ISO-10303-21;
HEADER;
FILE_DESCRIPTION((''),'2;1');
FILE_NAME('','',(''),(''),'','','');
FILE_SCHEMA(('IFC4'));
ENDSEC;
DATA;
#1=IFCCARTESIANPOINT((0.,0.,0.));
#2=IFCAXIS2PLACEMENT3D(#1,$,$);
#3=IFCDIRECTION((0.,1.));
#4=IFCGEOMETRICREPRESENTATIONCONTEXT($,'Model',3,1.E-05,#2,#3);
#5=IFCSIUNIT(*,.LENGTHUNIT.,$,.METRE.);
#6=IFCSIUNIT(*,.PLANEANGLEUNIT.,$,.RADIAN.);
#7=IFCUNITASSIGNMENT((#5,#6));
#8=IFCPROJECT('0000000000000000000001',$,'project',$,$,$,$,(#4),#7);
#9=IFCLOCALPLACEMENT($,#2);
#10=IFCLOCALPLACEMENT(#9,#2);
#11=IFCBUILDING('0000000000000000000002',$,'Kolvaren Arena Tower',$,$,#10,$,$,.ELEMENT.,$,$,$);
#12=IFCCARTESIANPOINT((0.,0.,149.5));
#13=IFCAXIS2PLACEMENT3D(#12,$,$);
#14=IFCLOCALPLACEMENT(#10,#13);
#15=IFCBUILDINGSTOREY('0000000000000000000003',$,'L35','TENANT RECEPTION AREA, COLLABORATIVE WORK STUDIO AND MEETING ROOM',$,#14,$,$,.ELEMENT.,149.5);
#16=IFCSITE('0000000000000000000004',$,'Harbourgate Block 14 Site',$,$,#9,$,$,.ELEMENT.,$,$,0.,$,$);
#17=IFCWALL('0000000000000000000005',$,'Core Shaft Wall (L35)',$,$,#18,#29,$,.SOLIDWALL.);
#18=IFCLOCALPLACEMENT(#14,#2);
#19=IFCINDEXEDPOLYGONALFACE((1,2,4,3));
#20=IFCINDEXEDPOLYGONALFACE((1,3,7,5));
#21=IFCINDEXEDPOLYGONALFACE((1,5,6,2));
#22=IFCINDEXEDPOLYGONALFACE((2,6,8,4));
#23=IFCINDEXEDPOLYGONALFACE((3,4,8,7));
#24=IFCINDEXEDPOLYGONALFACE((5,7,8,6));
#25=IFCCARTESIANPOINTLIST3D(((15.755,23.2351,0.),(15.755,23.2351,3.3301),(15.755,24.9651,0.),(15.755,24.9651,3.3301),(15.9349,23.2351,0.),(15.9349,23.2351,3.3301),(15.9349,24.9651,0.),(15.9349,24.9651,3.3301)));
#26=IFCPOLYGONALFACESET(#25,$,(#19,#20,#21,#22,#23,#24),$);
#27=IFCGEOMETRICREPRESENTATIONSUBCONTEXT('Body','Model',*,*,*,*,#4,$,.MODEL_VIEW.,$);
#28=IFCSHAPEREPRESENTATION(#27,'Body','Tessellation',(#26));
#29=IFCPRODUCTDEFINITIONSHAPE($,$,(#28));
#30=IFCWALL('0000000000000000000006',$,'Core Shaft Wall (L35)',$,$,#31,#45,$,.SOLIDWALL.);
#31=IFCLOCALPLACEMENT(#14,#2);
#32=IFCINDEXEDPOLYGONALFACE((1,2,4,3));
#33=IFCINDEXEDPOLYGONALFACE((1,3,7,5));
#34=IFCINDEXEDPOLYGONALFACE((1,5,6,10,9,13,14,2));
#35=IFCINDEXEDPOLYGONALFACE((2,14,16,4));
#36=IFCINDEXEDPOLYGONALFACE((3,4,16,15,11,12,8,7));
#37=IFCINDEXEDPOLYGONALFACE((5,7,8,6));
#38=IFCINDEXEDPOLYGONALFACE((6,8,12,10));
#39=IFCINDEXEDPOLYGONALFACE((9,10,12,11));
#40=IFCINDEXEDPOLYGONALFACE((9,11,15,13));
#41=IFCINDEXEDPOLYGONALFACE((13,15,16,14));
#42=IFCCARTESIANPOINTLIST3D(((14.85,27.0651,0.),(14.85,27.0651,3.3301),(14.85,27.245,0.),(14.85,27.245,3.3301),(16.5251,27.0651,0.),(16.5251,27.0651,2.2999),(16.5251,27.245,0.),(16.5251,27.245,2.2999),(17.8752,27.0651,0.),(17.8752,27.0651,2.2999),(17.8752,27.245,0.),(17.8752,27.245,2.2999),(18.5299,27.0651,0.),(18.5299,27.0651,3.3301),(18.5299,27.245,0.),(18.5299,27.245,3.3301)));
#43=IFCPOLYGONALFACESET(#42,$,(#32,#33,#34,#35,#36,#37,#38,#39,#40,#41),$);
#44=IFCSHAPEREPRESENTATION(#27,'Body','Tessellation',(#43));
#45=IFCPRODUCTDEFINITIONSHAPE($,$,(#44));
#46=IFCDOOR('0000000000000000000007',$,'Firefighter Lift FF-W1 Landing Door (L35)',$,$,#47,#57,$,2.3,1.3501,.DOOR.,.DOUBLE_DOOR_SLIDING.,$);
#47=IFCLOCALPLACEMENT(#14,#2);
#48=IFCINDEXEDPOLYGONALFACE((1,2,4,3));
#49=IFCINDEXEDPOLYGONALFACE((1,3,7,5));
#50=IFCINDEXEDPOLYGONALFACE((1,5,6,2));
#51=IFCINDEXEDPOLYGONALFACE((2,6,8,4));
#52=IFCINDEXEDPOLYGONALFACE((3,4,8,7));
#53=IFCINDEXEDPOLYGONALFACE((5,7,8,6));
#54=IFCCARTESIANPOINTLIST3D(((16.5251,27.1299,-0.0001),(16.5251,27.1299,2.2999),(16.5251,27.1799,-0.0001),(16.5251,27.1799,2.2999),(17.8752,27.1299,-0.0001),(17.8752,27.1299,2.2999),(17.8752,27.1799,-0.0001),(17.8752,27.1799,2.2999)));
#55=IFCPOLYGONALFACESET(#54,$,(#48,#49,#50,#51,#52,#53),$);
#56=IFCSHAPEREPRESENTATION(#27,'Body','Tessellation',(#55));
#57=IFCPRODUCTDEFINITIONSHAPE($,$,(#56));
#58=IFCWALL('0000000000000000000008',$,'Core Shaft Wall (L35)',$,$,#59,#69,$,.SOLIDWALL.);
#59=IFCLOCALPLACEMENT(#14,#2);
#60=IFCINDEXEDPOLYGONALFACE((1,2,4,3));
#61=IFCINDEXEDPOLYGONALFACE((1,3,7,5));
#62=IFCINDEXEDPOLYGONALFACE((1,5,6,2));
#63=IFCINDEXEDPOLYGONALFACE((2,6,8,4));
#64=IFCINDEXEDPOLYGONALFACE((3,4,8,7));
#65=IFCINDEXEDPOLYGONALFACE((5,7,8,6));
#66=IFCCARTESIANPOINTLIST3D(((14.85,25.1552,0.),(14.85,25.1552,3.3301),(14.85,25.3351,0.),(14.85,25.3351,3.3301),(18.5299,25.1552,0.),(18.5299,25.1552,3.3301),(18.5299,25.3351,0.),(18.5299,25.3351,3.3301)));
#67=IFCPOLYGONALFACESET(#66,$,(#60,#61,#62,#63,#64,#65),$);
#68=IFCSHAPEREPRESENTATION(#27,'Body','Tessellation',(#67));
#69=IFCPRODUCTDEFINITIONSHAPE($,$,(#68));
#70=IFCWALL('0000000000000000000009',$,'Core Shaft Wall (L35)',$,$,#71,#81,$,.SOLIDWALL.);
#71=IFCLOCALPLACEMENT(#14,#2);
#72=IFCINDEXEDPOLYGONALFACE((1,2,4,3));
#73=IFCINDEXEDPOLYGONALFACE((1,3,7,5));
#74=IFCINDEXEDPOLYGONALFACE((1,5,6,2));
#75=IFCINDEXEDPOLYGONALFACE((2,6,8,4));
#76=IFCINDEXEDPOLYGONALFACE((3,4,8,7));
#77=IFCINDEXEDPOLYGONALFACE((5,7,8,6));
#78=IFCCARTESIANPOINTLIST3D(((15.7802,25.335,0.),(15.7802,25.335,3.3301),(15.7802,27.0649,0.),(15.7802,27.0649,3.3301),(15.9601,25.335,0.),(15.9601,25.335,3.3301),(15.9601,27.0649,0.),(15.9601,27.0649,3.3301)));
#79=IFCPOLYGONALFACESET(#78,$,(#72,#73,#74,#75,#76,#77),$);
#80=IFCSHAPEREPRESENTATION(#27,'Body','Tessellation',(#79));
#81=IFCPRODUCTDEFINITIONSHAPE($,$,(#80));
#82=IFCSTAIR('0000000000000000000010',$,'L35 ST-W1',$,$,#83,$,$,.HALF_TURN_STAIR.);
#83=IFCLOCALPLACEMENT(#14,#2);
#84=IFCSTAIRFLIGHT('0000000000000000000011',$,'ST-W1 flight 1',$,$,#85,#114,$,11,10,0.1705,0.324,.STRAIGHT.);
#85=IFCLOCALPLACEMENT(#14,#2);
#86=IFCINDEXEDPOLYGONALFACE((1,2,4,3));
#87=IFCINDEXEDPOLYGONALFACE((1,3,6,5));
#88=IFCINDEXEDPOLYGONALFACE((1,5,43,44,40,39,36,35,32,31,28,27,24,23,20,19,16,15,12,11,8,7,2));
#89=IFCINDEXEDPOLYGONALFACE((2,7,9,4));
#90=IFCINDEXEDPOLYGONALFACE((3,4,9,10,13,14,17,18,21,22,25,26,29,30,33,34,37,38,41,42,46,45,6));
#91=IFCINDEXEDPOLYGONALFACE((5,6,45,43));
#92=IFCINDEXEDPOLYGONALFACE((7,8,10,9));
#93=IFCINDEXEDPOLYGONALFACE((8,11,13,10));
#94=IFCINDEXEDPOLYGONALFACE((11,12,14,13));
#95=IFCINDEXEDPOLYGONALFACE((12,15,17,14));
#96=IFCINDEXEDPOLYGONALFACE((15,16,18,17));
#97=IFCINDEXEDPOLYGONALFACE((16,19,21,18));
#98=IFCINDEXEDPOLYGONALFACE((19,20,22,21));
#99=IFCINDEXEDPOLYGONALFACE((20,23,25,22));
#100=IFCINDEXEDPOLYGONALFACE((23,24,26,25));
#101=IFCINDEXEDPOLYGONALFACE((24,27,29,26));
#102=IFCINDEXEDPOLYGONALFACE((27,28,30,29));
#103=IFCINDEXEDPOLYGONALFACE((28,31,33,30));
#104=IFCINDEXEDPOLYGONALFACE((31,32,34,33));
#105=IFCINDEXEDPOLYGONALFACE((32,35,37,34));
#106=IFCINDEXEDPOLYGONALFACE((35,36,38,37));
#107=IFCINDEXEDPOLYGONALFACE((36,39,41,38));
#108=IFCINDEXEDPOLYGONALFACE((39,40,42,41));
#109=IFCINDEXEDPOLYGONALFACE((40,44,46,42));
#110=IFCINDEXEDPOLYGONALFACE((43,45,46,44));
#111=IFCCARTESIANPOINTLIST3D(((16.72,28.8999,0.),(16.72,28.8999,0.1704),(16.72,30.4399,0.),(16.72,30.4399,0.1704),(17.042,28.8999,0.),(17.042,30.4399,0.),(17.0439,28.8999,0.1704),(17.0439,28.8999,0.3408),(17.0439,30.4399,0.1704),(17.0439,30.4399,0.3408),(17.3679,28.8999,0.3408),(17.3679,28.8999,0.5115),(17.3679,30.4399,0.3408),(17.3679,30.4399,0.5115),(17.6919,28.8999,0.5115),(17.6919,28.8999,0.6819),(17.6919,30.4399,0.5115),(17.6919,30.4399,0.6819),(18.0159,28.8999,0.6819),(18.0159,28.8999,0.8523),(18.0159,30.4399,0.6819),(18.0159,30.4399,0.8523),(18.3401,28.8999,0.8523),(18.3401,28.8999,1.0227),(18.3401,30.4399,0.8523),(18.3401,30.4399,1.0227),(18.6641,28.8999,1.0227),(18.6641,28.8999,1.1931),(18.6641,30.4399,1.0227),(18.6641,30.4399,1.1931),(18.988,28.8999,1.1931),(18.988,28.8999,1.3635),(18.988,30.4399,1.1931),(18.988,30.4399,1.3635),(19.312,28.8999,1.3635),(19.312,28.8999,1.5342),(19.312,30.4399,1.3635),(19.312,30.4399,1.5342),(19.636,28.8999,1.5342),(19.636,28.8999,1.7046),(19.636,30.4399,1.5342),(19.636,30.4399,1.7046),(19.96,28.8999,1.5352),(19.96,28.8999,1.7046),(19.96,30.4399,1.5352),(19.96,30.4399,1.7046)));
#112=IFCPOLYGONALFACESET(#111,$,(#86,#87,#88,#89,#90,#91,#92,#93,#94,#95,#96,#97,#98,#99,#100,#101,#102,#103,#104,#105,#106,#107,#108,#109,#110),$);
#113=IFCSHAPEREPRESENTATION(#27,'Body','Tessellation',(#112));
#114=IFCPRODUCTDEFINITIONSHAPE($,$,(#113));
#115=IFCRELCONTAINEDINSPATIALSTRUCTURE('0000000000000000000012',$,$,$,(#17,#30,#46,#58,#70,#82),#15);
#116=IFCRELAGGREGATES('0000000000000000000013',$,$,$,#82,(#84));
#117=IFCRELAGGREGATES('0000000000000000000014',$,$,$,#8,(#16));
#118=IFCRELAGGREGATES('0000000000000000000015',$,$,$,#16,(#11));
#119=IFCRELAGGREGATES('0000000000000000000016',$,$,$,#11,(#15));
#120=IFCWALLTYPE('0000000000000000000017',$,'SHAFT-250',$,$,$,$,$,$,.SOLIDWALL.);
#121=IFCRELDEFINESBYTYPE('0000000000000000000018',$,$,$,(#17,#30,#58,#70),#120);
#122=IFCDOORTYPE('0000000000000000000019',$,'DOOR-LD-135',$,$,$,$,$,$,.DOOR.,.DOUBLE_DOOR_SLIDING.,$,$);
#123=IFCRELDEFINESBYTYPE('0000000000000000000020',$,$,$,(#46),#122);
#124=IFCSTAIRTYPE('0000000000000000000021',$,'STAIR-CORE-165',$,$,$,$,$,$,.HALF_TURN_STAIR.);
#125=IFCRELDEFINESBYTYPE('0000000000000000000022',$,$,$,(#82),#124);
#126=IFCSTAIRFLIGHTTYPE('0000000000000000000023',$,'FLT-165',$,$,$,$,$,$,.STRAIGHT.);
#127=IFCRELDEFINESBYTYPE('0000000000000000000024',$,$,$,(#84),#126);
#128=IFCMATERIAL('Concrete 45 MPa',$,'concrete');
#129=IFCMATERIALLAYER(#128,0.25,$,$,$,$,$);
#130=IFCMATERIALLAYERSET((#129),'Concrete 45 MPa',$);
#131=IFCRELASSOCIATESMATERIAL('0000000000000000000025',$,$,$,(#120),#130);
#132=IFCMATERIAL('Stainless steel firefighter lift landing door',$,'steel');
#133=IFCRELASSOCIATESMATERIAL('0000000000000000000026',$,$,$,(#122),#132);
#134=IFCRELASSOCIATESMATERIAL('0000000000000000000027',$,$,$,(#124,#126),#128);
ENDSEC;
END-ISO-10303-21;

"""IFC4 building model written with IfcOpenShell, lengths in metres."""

from ifc_helpers import new_model, si_unit, direction, frame, frame_2d, origin, place, context, subcontext, project, spatial, polyline, rectangle, outline, extrude, material, layer, layer_set, type_object, element, fill, aggregate, save


model = new_model("IFC4")

# Units and contexts
model_context = context("Model", 3, precision=1e-05, world=origin(), true_north=direction((0.0, 1.0)))
body_context = subcontext(model_context, "Body", "Model", "MODEL_VIEW")
ifc_project = project(units=[si_unit("LENGTHUNIT", "METRE"), si_unit("PLANEANGLEUNIT", "RADIAN")], contexts=[model_context])

# Site, building, storey
site_placement = place(None, origin())
site = spatial("IfcSite", under=ifc_project, at=site_placement, Name="Harbourgate Block 14 Site", CompositionType="ELEMENT", RefElevation=0.0)
building_placement = place(site_placement, origin())
building = spatial("IfcBuilding", under=site, at=building_placement, Name="Kolvaren Arena Tower", CompositionType="ELEMENT")
storey_placement = place(building_placement, frame((0.0, 0.0, 149.5)))
storey = spatial("IfcBuildingStorey", under=building, at=storey_placement, Name="L35", Description="TENANT RECEPTION AREA, COLLABORATIVE WORK STUDIO AND MEETING ROOM", CompositionType="ELEMENT", Elevation=149.5)

# Shared definitions
ifc_material_1 = material(Name="Concrete 45 MPa", Category="concrete")
ifc_layer = layer(ifc_material_1, 0.25)
ifc_layer_set = layer_set([ifc_layer], Name="Concrete 45 MPa")
wall_type = type_object("IfcWallType", Name="SHAFT-250", PredefinedType="SOLIDWALL", material=ifc_layer_set)

# Wall
wall_1_placement = place(storey_placement, frame((15.845, 23.2351, 0.0), z_axis=(0.0, 0.0, 1.0), x_axis=(0.0, 1.0, 0.0)))
element("IfcWall", 1, at=wall_1_placement, inside=storey, type_object=wall_type, Name="Core Shaft Wall (L35)", PredefinedType="SOLIDWALL", context=body_context, shape_type="SweptSolid", body=[
    extrude(rectangle(XDim=1.73, YDim=0.1799, at=frame_2d((0.865, 0.0))), origin(), (0.0, 0.0, 1.0), 3.3301),
])

# Wall, opening, door
wall_2_placement = place(storey_placement, frame((14.8501, 27.155, 0.0), z_axis=(0.0, 0.0, 1.0), x_axis=(1.0, 0.0, 0.0)))
wall_2 = element("IfcWall", 2, at=wall_2_placement, inside=storey, type_object=wall_type, Name="Core Shaft Wall (L35)", PredefinedType="SOLIDWALL", context=body_context, shape_type="SweptSolid", body=[
    extrude(rectangle(XDim=3.6799, YDim=0.1799, at=frame_2d((1.8398, 0.0))), origin(), (0.0, 0.0, 1.0), 3.3301),
])
opening_1_placement = place(wall_2_placement, frame((1.675, 0.0, 0.0)))
opening_1 = element("IfcOpeningElement", 3, at=opening_1_placement, cuts=wall_2, PredefinedType="OPENING", context=body_context, shape_type="SweptSolid", body=[
    extrude(rectangle(XDim=1.3501, YDim=2.3, at=frame_2d((0.675, 1.1499))), frame((0.0, 0.0999, 0.0), z_axis=(0.0, -1.0, 0.0), x_axis=(1.0, 0.0, 0.0)), (0.0, 0.0, 1.0), 0.2),
])
ifc_material_2 = material(Name="Stainless steel firefighter lift landing door", Category="steel")
door_type_1 = type_object("IfcDoorType", Name="DOOR-LD-135", OperationType="DOUBLE_DOOR_SLIDING", PredefinedType="DOOR", material=ifc_material_2)
door_1_placement = place(opening_1_placement, origin())
door_1 = element("IfcDoor", 4, at=door_1_placement, inside=storey, type_object=door_type_1, Name="Firefighter Lift FF-W1 Landing Door (L35)", OperationType="DOUBLE_DOOR_SLIDING", OverallHeight=2.3, OverallWidth=1.3501, PredefinedType="DOOR", context=body_context, shape_type="SweptSolid", body=[
    extrude(rectangle(XDim=1.3501, YDim=2.3, at=frame_2d((0.675, 1.1499))), frame((0.0, 0.0249, 0.0), z_axis=(0.0, -1.0, 0.0), x_axis=(1.0, 0.0, 0.0)), (0.0, 0.0, 1.0), 0.05),
])
fill(opening_1, door_1)

# Walls
wall_3_placement = place(storey_placement, frame((14.8501, 25.2451, 0.0), z_axis=(0.0, 0.0, 1.0), x_axis=(1.0, 0.0, 0.0)))
element("IfcWall", 5, at=wall_3_placement, inside=storey, type_object=wall_type, Name="Core Shaft Wall (L35)", PredefinedType="SOLIDWALL", context=body_context, shape_type="SweptSolid", body=[
    extrude(rectangle(XDim=3.6799, YDim=0.1799, at=frame_2d((1.8398, 0.0))), origin(), (0.0, 0.0, 1.0), 3.3301),
])
wall_4_placement = place(storey_placement, frame((15.8701, 25.335, 0.0), z_axis=(0.0, 0.0, 1.0), x_axis=(0.0, 1.0, 0.0)))
element("IfcWall", 6, at=wall_4_placement, inside=storey, type_object=wall_type, Name="Core Shaft Wall (L35)", PredefinedType="SOLIDWALL", context=body_context, shape_type="SweptSolid", body=[
    extrude(rectangle(XDim=1.73, YDim=0.1799, at=frame_2d((0.865, 0.0))), origin(), (0.0, 0.0, 1.0), 3.3301),
])

# Stair, stair flight
stair_type = type_object("IfcStairType", Name="STAIR-CORE-165", PredefinedType="HALF_TURN_STAIR", material=ifc_material_1)
stair_placement = place(storey_placement, origin())
stair = element("IfcStair", 7, at=stair_placement, inside=storey, type_object=stair_type, Name="L35 ST-W1", PredefinedType="HALF_TURN_STAIR")
stair_flight_type = type_object("IfcStairFlightType", Name="FLT-165", PredefinedType="STRAIGHT", material=ifc_material_1)
stair_flight_placement = place(storey_placement, frame((16.72, 29.6699, 0.0), z_axis=(0.0, 0.0, 1.0), x_axis=(1.0, 0.0, 0.0)))
stair_flight = element("IfcStairFlight", 8, at=stair_flight_placement, type_object=stair_flight_type, Name="ST-W1 flight 1", NumberOfRisers=11, NumberOfTreads=10, PredefinedType="STRAIGHT", RiserHeight=0.1705, TreadLength=0.324, context=body_context, shape_type="SweptSolid", body=[
    extrude(outline(polyline([(0.0, 0.0), (0.0, 0.1704), (0.324, 0.1704), (0.324, 0.3408), (0.6479, 0.3408), (0.6479, 0.5115), (0.9719, 0.5115), (0.9719, 0.6819), (1.2959, 0.6819), (1.2959, 0.8523), (1.6201, 0.8523), (1.6201, 1.0227), (1.9441, 1.0227), (1.9441, 1.1931), (2.2681, 1.1931), (2.2681, 1.3635), (2.592, 1.3635), (2.592, 1.5342), (2.916, 1.5342), (2.916, 1.7046), (3.24, 1.7046), (3.24, 1.875), (3.24, 1.5352), (0.322, 0.0), (0.0, 0.0)])), frame((0.0, 0.77, 0.0), z_axis=(0.0, -1.0, 0.0), x_axis=(1.0, 0.0, 0.0)), (0.0, 0.0, 1.0), 1.54),
])
aggregate(stair, [stair_flight])

save(model, "model.ifc")
